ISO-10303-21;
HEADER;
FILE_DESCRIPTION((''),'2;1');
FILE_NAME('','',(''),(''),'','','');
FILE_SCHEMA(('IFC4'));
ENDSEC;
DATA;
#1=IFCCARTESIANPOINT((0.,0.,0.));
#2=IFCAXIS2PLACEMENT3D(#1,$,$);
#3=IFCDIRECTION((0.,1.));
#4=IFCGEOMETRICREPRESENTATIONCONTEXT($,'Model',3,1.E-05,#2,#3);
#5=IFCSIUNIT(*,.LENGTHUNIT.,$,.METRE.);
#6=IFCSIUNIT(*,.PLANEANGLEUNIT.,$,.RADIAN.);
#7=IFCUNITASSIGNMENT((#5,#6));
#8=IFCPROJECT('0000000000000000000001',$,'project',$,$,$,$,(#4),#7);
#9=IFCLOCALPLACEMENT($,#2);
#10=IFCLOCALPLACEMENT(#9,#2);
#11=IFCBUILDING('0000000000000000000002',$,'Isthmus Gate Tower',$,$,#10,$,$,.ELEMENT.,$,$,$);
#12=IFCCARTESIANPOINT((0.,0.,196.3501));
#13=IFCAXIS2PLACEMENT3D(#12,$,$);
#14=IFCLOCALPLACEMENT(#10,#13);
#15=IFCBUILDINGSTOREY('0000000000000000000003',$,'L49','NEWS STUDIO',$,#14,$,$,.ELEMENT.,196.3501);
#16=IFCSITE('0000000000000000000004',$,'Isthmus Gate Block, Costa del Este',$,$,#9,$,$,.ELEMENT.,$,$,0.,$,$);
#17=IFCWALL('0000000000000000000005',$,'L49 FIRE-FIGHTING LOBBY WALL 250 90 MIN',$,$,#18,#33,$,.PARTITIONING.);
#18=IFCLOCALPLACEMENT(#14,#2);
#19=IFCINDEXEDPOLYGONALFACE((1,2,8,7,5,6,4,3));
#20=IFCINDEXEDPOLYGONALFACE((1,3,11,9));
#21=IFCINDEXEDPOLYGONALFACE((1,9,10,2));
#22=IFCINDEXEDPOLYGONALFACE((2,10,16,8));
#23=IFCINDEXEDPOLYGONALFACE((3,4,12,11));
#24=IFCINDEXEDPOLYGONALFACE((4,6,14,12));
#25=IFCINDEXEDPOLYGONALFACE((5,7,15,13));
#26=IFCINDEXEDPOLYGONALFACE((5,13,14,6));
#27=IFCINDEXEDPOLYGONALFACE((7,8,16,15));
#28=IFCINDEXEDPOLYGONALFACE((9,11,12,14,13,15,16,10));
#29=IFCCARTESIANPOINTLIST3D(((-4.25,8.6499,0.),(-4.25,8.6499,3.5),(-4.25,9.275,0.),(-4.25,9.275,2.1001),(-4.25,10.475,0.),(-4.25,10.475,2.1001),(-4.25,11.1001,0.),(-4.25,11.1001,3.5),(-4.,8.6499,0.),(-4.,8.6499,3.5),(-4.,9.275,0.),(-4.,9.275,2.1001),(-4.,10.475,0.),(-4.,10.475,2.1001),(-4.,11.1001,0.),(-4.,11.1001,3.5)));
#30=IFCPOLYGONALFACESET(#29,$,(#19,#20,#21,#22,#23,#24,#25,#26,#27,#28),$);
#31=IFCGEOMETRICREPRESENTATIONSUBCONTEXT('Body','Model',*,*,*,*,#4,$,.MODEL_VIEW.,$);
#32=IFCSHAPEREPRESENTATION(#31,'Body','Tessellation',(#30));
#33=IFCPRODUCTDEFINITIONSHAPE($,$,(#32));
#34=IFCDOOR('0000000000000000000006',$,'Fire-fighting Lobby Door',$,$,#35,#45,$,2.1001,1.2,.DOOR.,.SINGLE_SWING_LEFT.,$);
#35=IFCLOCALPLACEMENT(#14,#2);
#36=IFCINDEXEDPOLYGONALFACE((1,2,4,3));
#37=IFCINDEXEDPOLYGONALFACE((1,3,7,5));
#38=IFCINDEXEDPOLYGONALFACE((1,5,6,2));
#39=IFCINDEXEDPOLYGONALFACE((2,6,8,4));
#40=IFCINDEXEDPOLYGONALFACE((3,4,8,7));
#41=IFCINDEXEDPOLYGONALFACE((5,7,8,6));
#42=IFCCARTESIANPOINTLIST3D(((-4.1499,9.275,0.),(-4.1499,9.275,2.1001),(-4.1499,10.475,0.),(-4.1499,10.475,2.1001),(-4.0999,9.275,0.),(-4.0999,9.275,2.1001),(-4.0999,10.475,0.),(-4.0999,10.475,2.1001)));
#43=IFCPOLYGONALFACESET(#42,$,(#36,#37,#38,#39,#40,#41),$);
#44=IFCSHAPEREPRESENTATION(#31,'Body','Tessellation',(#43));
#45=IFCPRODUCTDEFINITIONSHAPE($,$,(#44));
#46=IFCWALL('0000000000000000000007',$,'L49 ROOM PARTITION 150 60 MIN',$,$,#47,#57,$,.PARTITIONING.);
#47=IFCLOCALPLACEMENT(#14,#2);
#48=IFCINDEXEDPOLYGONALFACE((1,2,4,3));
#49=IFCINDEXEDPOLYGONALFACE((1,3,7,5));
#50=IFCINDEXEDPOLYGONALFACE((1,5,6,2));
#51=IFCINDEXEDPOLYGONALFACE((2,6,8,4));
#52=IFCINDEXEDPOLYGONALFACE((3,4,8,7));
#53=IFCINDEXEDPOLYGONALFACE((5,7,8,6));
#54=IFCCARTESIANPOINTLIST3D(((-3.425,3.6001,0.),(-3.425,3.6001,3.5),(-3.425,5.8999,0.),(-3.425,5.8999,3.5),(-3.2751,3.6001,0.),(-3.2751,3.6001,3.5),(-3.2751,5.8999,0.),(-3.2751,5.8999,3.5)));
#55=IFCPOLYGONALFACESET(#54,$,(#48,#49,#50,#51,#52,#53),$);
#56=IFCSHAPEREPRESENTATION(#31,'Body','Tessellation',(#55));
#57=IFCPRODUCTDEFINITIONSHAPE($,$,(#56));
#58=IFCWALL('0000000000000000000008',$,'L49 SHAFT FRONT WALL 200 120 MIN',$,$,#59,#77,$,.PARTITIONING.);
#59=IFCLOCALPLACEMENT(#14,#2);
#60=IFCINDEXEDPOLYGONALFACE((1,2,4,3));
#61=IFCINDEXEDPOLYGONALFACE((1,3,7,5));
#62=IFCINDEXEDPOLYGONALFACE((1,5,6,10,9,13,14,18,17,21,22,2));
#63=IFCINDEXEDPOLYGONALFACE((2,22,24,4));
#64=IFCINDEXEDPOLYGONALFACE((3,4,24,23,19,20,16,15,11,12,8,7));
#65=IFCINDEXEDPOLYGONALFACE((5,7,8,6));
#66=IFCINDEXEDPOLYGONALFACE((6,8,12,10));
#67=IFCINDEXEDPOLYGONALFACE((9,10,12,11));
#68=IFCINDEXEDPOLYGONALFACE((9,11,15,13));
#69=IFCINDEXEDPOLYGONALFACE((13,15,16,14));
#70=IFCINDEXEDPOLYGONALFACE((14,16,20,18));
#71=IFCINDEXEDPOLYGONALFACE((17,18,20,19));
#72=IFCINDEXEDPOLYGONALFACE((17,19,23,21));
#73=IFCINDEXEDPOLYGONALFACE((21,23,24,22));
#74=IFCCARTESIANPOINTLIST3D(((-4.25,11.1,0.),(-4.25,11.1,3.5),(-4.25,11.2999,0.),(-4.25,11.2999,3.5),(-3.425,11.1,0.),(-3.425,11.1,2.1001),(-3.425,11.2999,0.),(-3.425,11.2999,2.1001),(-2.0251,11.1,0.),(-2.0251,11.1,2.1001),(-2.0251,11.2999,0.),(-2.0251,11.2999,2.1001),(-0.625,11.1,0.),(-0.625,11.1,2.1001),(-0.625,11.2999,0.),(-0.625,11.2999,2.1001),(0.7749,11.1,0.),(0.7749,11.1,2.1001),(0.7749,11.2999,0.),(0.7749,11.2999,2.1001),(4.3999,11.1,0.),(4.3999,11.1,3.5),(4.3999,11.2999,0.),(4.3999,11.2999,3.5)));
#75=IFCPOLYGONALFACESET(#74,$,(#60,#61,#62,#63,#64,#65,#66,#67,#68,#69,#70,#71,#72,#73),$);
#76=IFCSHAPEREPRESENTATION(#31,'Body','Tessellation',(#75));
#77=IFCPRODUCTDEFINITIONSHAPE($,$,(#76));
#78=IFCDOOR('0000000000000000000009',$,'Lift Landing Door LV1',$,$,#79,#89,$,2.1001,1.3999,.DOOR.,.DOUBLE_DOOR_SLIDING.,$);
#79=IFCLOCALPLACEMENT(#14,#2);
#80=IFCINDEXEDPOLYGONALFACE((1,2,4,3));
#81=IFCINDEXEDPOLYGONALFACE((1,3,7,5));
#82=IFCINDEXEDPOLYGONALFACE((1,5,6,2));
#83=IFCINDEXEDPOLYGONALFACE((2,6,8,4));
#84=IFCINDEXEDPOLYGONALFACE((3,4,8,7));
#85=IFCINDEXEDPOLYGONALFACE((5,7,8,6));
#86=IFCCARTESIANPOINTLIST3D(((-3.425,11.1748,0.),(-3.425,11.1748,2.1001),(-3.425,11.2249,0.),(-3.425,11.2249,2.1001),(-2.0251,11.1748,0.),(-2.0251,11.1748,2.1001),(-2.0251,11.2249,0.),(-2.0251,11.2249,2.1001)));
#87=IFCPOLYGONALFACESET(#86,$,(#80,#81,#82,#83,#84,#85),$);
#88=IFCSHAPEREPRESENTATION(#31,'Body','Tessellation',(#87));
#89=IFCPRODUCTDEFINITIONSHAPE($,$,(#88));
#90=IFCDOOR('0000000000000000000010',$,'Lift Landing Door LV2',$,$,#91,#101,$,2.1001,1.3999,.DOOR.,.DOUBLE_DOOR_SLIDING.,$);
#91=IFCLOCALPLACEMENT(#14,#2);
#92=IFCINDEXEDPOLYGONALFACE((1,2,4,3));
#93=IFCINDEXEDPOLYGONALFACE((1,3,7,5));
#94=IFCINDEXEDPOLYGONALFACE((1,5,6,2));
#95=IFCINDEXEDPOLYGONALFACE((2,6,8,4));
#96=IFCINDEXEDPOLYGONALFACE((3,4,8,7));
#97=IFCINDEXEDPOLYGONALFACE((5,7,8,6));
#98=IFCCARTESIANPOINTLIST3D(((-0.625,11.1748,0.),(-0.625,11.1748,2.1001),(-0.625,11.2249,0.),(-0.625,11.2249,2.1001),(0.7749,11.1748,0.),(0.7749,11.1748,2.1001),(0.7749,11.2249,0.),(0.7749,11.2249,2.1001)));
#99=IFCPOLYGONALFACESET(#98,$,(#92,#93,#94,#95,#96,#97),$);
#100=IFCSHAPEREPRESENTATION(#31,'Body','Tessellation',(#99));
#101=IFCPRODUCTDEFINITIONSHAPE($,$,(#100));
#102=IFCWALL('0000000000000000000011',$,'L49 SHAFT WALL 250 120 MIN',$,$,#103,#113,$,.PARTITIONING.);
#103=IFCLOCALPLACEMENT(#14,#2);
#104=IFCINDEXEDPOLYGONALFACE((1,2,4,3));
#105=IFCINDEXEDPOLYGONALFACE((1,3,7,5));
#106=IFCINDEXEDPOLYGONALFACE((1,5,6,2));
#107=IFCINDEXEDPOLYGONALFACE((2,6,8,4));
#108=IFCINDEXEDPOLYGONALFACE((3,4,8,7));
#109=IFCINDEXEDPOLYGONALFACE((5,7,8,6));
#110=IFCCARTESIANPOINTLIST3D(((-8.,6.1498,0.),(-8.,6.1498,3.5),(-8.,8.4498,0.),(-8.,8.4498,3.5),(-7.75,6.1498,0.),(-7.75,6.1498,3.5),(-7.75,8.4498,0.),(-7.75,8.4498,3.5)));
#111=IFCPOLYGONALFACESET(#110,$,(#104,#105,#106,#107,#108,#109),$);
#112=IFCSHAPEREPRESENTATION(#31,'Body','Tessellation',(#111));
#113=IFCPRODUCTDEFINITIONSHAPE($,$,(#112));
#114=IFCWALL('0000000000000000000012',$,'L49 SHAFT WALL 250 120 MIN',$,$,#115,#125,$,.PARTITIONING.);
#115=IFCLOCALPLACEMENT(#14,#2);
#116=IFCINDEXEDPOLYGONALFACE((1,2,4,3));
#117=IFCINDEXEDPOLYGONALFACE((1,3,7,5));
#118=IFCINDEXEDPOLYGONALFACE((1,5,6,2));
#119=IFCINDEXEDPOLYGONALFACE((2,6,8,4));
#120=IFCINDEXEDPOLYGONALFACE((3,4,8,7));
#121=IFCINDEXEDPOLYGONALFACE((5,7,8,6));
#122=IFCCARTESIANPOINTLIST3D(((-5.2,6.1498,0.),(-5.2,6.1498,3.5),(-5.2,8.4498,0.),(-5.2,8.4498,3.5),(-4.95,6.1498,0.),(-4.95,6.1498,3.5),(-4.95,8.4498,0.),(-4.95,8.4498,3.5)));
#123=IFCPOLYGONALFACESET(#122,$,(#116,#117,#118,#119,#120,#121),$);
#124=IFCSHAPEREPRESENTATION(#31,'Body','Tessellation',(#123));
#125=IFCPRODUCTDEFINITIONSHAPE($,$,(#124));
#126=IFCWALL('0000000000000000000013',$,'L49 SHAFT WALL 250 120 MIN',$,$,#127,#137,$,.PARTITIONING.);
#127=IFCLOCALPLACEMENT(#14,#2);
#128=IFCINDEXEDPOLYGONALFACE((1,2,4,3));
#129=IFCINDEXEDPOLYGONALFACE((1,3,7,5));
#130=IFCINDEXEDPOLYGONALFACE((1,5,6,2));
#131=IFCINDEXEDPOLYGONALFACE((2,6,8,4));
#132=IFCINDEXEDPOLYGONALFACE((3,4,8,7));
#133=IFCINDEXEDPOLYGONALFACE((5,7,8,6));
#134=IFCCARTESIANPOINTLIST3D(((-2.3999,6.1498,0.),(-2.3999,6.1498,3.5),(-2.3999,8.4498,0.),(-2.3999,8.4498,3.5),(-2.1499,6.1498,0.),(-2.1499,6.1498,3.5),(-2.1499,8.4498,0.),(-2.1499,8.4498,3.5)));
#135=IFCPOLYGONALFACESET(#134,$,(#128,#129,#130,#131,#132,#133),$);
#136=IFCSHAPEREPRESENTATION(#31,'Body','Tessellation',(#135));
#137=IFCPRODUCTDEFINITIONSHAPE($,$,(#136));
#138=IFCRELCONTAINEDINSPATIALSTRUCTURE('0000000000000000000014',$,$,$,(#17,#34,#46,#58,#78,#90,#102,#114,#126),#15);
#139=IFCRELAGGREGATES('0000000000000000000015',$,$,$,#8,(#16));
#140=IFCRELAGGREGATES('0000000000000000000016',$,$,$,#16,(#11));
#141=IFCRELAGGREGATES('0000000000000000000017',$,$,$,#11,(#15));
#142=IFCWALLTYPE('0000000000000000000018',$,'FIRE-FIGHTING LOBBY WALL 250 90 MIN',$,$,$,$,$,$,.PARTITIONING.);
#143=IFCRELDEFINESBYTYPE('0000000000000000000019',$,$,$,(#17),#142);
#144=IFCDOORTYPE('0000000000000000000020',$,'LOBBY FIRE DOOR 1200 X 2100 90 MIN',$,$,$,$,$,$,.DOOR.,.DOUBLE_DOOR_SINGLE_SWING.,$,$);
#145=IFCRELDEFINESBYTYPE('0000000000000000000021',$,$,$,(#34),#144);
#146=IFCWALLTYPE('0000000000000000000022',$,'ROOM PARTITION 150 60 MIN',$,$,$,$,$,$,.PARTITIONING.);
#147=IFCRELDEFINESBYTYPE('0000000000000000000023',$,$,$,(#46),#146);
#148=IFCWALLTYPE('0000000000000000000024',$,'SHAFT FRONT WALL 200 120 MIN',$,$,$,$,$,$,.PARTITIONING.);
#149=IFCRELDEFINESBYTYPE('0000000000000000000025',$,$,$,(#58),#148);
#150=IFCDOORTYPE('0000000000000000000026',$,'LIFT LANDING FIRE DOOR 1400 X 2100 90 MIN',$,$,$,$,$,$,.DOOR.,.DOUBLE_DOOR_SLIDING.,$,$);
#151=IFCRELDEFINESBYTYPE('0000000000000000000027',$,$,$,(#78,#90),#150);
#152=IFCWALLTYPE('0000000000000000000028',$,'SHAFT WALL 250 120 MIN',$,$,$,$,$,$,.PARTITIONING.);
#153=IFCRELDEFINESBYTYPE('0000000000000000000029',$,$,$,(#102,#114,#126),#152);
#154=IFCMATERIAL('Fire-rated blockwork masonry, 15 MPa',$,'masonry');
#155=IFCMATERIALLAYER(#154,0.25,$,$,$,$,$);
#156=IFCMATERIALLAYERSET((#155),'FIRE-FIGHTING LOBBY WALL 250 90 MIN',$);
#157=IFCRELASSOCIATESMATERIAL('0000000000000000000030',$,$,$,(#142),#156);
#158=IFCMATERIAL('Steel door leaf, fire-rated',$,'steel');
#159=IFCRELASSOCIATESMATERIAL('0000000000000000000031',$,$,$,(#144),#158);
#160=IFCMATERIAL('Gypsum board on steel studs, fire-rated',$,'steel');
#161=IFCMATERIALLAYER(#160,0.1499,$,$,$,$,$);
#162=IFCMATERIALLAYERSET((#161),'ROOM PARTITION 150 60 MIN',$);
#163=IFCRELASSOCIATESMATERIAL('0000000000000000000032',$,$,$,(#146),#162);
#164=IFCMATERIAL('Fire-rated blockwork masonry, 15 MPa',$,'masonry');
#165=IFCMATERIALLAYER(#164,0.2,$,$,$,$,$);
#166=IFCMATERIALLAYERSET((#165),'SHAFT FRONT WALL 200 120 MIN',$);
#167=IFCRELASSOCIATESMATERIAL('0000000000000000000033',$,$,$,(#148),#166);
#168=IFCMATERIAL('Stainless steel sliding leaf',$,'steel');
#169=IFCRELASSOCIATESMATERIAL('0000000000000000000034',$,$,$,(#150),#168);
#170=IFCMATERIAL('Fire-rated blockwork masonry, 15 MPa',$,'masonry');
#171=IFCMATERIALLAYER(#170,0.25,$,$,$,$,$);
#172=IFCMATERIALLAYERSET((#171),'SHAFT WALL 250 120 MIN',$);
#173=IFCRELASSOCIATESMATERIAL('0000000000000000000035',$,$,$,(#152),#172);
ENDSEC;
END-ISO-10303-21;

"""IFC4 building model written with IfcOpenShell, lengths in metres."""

from ifc_helpers import new_model, si_unit, direction, frame, frame_2d, origin, place, context, subcontext, project, spatial, rectangle, extrude, material, layer, layer_set, type_object, element, fill, save


model = new_model("IFC4")

# Units and contexts
model_context = context("Model", 3, precision=1e-05, world=origin(), true_north=direction((0.0, 1.0)))
body_context = subcontext(model_context, "Body", "Model", "MODEL_VIEW")
ifc_project = project(units=[si_unit("LENGTHUNIT", "METRE"), si_unit("PLANEANGLEUNIT", "RADIAN")], contexts=[model_context])

# Site, building, storey
site_placement = place(None, origin())
site = spatial("IfcSite", under=ifc_project, at=site_placement, Name="Isthmus Gate Block, Costa del Este", CompositionType="ELEMENT", RefElevation=0.0)
building_placement = place(site_placement, origin())
building = spatial("IfcBuilding", under=site, at=building_placement, Name="Isthmus Gate Tower", CompositionType="ELEMENT")
storey_placement = place(building_placement, frame((0.0, 0.0, 196.3501)))
storey = spatial("IfcBuildingStorey", under=building, at=storey_placement, Name="L49", Description="NEWS STUDIO", CompositionType="ELEMENT", Elevation=196.3501)

# Wall, opening, door
ifc_material_1 = material(Name="Fire-rated blockwork masonry, 15 MPa", Category="masonry")
ifc_layer_1 = layer(ifc_material_1, 0.25)
ifc_layer_set_1 = layer_set([ifc_layer_1], Name="FIRE-FIGHTING LOBBY WALL 250 90 MIN")
wall_type_1 = type_object("IfcWallType", Name="FIRE-FIGHTING LOBBY WALL 250 90 MIN", PredefinedType="PARTITIONING", material=ifc_layer_set_1)
wall_1_placement = place(storey_placement, frame((-4.125, 8.6499, 0.0), z_axis=(0.0, 0.0, 1.0), x_axis=(0.0, 1.0, 0.0)))
wall_1 = element("IfcWall", 1, at=wall_1_placement, inside=storey, type_object=wall_type_1, Name="L49 FIRE-FIGHTING LOBBY WALL 250 90 MIN", PredefinedType="PARTITIONING", context=body_context, shape_type="SweptSolid", body=[
    extrude(rectangle(XDim=2.4502, YDim=0.25, at=frame_2d((1.2251, 0.0))), origin(), (0.0, 0.0, 1.0), 3.5),
])
opening_1_placement = place(wall_1_placement, frame((0.625, 0.0, 0.0)))
opening_1 = element("IfcOpeningElement", 2, at=opening_1_placement, cuts=wall_1, PredefinedType="OPENING", context=body_context, shape_type="SweptSolid", body=[
    extrude(rectangle(XDim=1.2, YDim=2.1001, at=frame_2d((0.6001, 1.05))), frame((0.0, 0.135, 0.0), z_axis=(0.0, -1.0, 0.0), x_axis=(1.0, 0.0, 0.0)), (0.0, 0.0, 1.0), 0.27),
])
ifc_material_2 = material(Name="Steel door leaf, fire-rated", Category="steel")
door_type_1 = type_object("IfcDoorType", Name="LOBBY FIRE DOOR 1200 X 2100 90 MIN", OperationType="DOUBLE_DOOR_SINGLE_SWING", PredefinedType="DOOR", material=ifc_material_2)
door_1_placement = place(opening_1_placement, origin())
door_1 = element("IfcDoor", 3, at=door_1_placement, inside=storey, type_object=door_type_1, Name="Fire-fighting Lobby Door", OperationType="SINGLE_SWING_LEFT", OverallHeight=2.1001, OverallWidth=1.2, PredefinedType="DOOR", context=body_context, shape_type="SweptSolid", body=[
    extrude(rectangle(XDim=1.2, YDim=2.1001, at=frame_2d((0.6001, 1.05))), frame((0.0, 0.0249, 0.0), z_axis=(0.0, -1.0, 0.0), x_axis=(1.0, 0.0, 0.0)), (0.0, 0.0, 1.0), 0.05),
])
fill(opening_1, door_1)

# Wall
ifc_material_3 = material(Name="Gypsum board on steel studs, fire-rated", Category="steel")
ifc_layer_2 = layer(ifc_material_3, 0.1499)
ifc_layer_set_2 = layer_set([ifc_layer_2], Name="ROOM PARTITION 150 60 MIN")
wall_type_2 = type_object("IfcWallType", Name="ROOM PARTITION 150 60 MIN", PredefinedType="PARTITIONING", material=ifc_layer_set_2)
wall_2_placement = place(storey_placement, frame((-3.3501, 3.6001, 0.0), z_axis=(0.0, 0.0, 1.0), x_axis=(0.0, 1.0, 0.0)))
element("IfcWall", 4, at=wall_2_placement, inside=storey, type_object=wall_type_2, Name="L49 ROOM PARTITION 150 60 MIN", PredefinedType="PARTITIONING", context=body_context, shape_type="SweptSolid", body=[
    extrude(rectangle(XDim=2.2998, YDim=0.1499, at=frame_2d((1.1499, 0.0))), origin(), (0.0, 0.0, 1.0), 3.5),
])

# Wall, openings, doors
ifc_material_4 = material(Name="Fire-rated blockwork masonry, 15 MPa", Category="masonry")
ifc_layer_3 = layer(ifc_material_4, 0.2)
ifc_layer_set_3 = layer_set([ifc_layer_3], Name="SHAFT FRONT WALL 200 120 MIN")
wall_type_3 = type_object("IfcWallType", Name="SHAFT FRONT WALL 200 120 MIN", PredefinedType="PARTITIONING", material=ifc_layer_set_3)
wall_3_placement = place(storey_placement, frame((-4.25, 11.2, 0.0), z_axis=(0.0, 0.0, 1.0), x_axis=(1.0, 0.0, 0.0)))
wall_3 = element("IfcWall", 5, at=wall_3_placement, inside=storey, type_object=wall_type_3, Name="L49 SHAFT FRONT WALL 200 120 MIN", PredefinedType="PARTITIONING", context=body_context, shape_type="SweptSolid", body=[
    extrude(rectangle(XDim=8.6499, YDim=0.2, at=frame_2d((4.325, 0.0))), origin(), (0.0, 0.0, 1.0), 3.5),
])
opening_2_placement = place(wall_3_placement, frame((0.825, 0.0, 0.0)))
opening_2 = element("IfcOpeningElement", 6, at=opening_2_placement, cuts=wall_3, PredefinedType="OPENING", context=body_context, shape_type="SweptSolid", body=[
    extrude(rectangle(XDim=1.3999, YDim=2.1001, at=frame_2d((0.7, 1.05))), frame((0.0, 0.1099, 0.0), z_axis=(0.0, -1.0, 0.0), x_axis=(1.0, 0.0, 0.0)), (0.0, 0.0, 1.0), 0.22),
])
opening_3_placement = place(wall_3_placement, frame((3.625, 0.0, 0.0)))
opening_3 = element("IfcOpeningElement", 7, at=opening_3_placement, cuts=wall_3, PredefinedType="OPENING", context=body_context, shape_type="SweptSolid", body=[
    extrude(rectangle(XDim=1.3999, YDim=2.1001, at=frame_2d((0.7, 1.05))), frame((0.0, 0.1099, 0.0), z_axis=(0.0, -1.0, 0.0), x_axis=(1.0, 0.0, 0.0)), (0.0, 0.0, 1.0), 0.22),
])
ifc_material_5 = material(Name="Stainless steel sliding leaf", Category="steel")
door_type_2 = type_object("IfcDoorType", Name="LIFT LANDING FIRE DOOR 1400 X 2100 90 MIN", OperationType="DOUBLE_DOOR_SLIDING", PredefinedType="DOOR", material=ifc_material_5)
door_2_placement = place(opening_2_placement, origin())
door_2 = element("IfcDoor", 8, at=door_2_placement, inside=storey, type_object=door_type_2, Name="Lift Landing Door LV1", OperationType="DOUBLE_DOOR_SLIDING", OverallHeight=2.1001, OverallWidth=1.3999, PredefinedType="DOOR", context=body_context, shape_type="SweptSolid", body=[
    extrude(rectangle(XDim=1.3999, YDim=2.1001, at=frame_2d((0.7, 1.05))), frame((0.0, 0.0249, 0.0), z_axis=(0.0, -1.0, 0.0), x_axis=(1.0, 0.0, 0.0)), (0.0, 0.0, 1.0), 0.05),
])
fill(opening_2, door_2)
door_3_placement = place(opening_3_placement, origin())
door_3 = element("IfcDoor", 9, at=door_3_placement, inside=storey, type_object=door_type_2, Name="Lift Landing Door LV2", OperationType="DOUBLE_DOOR_SLIDING", OverallHeight=2.1001, OverallWidth=1.3999, PredefinedType="DOOR", context=body_context, shape_type="SweptSolid", body=[
    extrude(rectangle(XDim=1.3999, YDim=2.1001, at=frame_2d((0.7, 1.05))), frame((0.0, 0.0249, 0.0), z_axis=(0.0, -1.0, 0.0), x_axis=(1.0, 0.0, 0.0)), (0.0, 0.0, 1.0), 0.05),
])
fill(opening_3, door_3)

# Walls
ifc_material_6 = material(Name="Fire-rated blockwork masonry, 15 MPa", Category="masonry")
ifc_layer_4 = layer(ifc_material_6, 0.25)
ifc_layer_set_4 = layer_set([ifc_layer_4], Name="SHAFT WALL 250 120 MIN")
wall_type_4 = type_object("IfcWallType", Name="SHAFT WALL 250 120 MIN", PredefinedType="PARTITIONING", material=ifc_layer_set_4)
for number, where, z_axis, x_axis, name in (
    (10, (-7.875, 6.1499, 0.0), (0.0, 0.0, 1.0), (0.0, 1.0, 0.0), "L49 SHAFT WALL 250 120 MIN"),
    (11, (-5.075, 6.1499, 0.0), (0.0, 0.0, 1.0), (0.0, 1.0, 0.0), "L49 SHAFT WALL 250 120 MIN"),
    (12, (-2.2749, 6.1499, 0.0), (0.0, 0.0, 1.0), (0.0, 1.0, 0.0), "L49 SHAFT WALL 250 120 MIN"),
):
    element("IfcWall", number, at=place(storey_placement, frame(where, z_axis=z_axis, x_axis=x_axis)), inside=storey, type_object=wall_type_4, Name=name, PredefinedType="PARTITIONING", context=body_context, shape_type="SweptSolid", body=[
        extrude(rectangle(XDim=2.3, YDim=0.25, at=frame_2d((1.1499, 0.0))), origin(), (0.0, 0.0, 1.0), 3.5),
    ])

save(model, "model.ifc")
